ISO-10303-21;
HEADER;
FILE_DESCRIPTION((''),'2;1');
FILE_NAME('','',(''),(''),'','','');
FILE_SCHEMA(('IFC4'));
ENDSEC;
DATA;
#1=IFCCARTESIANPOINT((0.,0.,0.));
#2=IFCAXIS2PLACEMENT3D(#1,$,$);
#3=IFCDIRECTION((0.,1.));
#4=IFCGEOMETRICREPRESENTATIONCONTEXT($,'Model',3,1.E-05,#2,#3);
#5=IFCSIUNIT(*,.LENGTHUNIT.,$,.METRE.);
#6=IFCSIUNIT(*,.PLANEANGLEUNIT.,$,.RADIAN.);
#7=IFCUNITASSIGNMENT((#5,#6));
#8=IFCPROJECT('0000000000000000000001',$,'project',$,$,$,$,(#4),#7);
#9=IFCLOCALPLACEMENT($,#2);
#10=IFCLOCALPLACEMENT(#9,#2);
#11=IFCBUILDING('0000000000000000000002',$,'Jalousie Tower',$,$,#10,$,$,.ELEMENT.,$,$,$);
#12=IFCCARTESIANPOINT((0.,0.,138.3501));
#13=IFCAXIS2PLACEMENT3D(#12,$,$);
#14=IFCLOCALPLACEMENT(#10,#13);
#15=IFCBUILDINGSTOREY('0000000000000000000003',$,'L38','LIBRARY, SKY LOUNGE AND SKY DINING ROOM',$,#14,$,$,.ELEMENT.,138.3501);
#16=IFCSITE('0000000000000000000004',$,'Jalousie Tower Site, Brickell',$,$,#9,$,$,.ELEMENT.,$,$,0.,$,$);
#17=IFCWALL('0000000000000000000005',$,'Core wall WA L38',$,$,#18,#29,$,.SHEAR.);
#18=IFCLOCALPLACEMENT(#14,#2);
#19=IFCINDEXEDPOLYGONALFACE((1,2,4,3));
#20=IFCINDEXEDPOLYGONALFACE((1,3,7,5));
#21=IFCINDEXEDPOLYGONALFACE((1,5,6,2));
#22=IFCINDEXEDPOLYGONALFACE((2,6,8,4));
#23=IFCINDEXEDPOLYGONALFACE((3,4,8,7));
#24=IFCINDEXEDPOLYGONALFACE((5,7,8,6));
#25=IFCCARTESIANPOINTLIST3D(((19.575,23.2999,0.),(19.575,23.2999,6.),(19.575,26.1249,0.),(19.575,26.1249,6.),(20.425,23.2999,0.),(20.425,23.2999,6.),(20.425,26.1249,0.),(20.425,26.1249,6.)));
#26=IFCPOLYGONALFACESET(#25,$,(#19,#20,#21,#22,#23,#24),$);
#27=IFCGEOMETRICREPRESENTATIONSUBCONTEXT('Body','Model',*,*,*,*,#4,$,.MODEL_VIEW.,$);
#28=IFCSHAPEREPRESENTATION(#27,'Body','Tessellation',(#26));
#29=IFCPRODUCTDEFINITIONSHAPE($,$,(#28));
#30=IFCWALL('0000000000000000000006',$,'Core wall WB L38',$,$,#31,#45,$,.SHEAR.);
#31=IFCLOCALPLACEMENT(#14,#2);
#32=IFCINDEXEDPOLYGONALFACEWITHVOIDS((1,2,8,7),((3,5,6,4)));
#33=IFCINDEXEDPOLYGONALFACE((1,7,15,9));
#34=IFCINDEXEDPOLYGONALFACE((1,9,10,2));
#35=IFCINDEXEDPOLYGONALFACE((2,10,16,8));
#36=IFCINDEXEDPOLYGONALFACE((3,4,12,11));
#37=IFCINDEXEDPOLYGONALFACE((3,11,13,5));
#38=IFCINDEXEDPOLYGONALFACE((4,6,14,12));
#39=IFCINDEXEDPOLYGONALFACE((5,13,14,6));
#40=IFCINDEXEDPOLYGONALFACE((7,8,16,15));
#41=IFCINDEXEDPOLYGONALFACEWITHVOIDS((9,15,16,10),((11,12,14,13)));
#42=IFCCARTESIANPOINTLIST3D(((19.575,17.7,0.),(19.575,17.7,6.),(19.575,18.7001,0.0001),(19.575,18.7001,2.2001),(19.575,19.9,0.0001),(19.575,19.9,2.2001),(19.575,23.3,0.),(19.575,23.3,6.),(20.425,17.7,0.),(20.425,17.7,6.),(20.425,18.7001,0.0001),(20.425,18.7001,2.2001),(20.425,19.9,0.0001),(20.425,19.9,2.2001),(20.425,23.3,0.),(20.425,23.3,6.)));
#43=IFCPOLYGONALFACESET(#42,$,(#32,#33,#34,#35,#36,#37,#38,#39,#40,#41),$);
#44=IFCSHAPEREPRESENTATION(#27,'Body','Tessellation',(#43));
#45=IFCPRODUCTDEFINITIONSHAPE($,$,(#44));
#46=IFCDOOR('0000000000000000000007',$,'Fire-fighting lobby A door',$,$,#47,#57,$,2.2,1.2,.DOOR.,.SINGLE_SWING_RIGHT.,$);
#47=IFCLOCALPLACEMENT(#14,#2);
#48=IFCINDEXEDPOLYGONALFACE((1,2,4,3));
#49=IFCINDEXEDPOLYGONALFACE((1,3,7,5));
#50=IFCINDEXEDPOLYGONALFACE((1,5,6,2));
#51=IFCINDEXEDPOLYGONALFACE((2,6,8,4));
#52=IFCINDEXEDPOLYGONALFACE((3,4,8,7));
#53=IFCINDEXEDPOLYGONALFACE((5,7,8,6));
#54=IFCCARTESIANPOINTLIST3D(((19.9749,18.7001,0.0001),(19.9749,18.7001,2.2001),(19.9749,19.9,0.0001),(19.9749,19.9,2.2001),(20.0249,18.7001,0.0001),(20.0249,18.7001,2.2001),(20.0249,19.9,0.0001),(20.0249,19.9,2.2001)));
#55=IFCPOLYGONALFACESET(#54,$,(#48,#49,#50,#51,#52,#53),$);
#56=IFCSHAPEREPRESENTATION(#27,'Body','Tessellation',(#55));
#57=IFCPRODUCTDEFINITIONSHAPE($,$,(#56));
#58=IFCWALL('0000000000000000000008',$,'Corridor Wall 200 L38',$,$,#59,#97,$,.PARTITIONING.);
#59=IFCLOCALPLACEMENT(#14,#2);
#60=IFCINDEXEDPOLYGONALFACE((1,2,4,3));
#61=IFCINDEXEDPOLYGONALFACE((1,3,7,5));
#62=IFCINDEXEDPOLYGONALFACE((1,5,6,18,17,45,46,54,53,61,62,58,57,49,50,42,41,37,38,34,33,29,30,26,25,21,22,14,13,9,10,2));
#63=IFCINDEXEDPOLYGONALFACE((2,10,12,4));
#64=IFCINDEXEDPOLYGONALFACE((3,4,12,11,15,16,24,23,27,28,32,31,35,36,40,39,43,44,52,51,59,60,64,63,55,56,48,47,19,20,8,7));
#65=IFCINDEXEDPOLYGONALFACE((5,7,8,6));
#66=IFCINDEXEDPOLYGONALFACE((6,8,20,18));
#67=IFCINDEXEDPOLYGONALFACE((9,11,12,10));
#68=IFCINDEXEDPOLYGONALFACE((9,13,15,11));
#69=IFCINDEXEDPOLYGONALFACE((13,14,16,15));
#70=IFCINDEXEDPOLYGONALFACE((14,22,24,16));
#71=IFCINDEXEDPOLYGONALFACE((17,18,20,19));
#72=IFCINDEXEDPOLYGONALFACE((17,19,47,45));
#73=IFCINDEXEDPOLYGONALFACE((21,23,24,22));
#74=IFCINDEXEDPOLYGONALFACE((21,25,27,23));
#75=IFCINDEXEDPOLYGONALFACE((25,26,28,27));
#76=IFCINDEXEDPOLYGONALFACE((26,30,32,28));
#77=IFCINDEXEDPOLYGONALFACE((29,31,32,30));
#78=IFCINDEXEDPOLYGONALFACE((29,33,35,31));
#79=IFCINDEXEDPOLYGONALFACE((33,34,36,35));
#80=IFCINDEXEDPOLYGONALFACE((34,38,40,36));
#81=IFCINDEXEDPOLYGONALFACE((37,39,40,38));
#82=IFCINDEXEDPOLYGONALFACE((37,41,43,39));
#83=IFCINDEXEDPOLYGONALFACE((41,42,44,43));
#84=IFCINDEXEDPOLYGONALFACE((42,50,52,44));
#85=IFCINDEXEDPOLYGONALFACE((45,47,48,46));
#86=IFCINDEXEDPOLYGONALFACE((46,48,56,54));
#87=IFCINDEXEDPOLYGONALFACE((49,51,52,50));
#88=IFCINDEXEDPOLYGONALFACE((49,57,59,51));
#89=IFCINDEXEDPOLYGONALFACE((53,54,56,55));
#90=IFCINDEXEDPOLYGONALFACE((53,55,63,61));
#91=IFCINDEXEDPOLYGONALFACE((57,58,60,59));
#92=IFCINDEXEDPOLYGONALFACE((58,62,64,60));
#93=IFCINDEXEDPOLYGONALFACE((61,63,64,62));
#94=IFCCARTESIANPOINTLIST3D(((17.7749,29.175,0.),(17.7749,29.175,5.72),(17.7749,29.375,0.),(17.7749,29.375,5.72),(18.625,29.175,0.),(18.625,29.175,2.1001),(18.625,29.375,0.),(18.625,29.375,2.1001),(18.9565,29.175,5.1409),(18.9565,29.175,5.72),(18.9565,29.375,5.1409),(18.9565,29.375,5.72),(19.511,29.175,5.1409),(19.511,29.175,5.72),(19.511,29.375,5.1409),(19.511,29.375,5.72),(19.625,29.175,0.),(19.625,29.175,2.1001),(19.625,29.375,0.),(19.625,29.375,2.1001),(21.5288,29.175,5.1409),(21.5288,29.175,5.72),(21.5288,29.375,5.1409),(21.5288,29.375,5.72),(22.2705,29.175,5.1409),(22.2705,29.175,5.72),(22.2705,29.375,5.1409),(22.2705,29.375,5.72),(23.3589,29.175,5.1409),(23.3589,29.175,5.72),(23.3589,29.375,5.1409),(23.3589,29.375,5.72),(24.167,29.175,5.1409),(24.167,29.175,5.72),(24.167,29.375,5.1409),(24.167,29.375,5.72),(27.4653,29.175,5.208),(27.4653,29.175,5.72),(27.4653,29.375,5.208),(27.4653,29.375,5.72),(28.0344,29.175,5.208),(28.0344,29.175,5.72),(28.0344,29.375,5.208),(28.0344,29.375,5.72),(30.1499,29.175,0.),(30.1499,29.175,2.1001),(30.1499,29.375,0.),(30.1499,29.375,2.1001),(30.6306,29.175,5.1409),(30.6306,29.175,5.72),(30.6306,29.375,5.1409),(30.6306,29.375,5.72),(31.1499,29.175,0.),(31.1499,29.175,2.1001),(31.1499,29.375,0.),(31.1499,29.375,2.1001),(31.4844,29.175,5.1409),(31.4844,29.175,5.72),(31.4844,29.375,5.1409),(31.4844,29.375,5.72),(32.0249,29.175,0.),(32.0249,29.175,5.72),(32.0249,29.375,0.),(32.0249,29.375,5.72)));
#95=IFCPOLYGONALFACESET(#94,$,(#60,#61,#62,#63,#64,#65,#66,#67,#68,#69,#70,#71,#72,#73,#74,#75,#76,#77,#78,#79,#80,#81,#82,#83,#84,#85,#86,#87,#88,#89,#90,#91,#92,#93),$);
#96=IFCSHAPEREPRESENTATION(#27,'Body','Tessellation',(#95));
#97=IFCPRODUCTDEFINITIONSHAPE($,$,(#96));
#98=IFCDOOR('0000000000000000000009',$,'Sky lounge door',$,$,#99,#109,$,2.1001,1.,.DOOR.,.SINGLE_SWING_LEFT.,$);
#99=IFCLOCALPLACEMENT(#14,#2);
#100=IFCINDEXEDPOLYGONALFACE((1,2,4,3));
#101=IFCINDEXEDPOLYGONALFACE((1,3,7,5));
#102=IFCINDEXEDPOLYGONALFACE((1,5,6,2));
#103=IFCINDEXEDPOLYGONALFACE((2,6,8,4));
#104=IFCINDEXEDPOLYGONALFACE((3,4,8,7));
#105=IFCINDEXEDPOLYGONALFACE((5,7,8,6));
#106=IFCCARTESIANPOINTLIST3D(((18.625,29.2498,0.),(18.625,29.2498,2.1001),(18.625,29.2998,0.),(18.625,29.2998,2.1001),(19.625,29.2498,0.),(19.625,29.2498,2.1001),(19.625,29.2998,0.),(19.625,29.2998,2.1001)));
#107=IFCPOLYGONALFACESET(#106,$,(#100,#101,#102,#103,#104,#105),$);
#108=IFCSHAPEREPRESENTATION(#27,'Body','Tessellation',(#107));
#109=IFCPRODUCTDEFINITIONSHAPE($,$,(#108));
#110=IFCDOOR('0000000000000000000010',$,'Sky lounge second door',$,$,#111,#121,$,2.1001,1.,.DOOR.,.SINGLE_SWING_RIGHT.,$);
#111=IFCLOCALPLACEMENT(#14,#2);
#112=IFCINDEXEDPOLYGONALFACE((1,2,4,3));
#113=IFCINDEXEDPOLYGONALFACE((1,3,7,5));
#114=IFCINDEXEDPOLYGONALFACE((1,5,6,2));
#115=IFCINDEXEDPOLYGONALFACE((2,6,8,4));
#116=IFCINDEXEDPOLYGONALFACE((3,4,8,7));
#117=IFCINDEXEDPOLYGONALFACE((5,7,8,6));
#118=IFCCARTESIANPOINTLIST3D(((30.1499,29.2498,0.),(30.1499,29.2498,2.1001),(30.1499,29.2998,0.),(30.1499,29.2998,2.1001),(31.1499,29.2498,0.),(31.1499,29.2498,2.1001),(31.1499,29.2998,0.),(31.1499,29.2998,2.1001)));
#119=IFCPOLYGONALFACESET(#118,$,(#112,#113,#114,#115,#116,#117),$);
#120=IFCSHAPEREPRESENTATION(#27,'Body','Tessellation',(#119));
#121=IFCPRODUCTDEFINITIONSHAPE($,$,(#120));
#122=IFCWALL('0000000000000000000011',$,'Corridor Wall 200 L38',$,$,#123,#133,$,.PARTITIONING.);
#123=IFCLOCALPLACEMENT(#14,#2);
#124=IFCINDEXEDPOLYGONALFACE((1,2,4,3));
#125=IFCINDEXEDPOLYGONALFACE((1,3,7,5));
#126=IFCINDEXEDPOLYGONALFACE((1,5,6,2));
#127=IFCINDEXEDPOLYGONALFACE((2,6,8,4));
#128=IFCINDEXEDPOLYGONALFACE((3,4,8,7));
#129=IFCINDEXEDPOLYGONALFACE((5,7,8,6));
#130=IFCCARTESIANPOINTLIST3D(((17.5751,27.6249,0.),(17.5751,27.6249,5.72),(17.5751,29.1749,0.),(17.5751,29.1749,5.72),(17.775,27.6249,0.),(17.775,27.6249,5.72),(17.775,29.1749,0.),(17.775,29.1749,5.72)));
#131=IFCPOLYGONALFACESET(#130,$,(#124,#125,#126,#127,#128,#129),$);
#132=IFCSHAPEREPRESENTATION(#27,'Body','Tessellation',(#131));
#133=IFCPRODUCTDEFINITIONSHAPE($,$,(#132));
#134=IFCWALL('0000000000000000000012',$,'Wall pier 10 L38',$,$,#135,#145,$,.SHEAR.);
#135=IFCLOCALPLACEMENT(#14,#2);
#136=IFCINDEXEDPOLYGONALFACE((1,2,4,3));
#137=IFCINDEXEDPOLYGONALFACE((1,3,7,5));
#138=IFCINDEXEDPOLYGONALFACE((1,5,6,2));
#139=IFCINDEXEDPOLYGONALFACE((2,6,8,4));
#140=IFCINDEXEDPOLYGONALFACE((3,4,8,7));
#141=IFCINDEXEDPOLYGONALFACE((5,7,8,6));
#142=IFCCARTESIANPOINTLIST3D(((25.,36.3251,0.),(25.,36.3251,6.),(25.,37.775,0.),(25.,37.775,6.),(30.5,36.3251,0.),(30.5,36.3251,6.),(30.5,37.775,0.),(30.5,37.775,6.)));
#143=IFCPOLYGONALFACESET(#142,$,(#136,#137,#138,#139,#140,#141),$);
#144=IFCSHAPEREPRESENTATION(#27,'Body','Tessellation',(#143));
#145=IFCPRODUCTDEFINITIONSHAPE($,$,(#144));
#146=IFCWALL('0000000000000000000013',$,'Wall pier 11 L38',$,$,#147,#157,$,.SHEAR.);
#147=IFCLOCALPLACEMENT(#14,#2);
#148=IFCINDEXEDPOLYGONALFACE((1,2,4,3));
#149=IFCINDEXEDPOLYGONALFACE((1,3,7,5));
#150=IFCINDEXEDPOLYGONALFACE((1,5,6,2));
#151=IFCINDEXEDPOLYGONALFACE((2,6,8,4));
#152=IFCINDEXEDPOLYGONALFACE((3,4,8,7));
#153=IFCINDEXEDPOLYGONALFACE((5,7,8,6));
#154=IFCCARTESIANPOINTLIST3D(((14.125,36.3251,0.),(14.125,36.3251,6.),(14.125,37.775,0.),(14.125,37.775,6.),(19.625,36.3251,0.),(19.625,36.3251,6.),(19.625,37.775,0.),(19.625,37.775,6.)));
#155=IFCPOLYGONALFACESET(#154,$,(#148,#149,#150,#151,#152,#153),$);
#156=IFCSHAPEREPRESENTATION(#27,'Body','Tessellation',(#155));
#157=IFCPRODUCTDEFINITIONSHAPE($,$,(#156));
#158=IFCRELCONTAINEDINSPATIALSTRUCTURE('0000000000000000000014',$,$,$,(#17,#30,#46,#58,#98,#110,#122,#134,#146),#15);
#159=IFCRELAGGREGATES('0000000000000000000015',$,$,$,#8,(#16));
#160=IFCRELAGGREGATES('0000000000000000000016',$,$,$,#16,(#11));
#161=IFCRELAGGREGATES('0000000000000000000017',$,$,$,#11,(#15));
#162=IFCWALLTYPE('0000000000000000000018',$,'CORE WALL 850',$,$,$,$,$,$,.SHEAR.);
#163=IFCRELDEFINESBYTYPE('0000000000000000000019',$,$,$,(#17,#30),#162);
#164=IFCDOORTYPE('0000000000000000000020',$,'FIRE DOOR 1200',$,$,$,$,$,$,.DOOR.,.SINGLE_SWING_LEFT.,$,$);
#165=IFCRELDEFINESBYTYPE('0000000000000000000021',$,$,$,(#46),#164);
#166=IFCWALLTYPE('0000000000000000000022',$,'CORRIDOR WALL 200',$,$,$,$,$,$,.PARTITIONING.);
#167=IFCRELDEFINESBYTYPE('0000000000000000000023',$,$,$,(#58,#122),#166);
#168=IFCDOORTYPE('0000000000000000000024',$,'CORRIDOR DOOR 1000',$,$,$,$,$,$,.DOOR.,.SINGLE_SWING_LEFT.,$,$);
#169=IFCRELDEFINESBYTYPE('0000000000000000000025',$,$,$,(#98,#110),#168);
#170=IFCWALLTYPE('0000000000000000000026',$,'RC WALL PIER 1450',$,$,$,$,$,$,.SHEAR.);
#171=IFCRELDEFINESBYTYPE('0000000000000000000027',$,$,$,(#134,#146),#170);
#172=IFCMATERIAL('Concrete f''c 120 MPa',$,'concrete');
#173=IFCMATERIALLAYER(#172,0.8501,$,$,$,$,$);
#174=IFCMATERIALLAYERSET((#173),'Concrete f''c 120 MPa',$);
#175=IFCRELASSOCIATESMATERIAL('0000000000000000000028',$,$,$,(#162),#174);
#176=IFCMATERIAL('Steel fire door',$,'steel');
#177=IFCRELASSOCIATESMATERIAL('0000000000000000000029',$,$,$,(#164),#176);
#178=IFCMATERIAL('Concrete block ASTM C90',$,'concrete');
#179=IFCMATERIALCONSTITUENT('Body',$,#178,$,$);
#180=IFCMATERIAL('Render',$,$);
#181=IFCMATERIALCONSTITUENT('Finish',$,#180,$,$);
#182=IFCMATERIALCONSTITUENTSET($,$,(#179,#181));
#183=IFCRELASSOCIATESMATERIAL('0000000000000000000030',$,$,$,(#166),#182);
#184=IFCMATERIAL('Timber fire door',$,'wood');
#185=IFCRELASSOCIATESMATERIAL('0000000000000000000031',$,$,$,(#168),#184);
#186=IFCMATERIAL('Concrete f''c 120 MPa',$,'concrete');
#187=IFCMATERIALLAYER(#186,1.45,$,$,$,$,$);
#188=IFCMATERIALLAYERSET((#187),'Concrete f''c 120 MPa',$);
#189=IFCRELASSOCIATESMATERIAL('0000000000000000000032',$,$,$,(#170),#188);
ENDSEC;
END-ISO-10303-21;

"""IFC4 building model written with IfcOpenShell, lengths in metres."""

from ifc_helpers import new_model, si_unit, direction, frame, frame_2d, origin, place, context, subcontext, project, spatial, polyline, rectangle, outline, extrude, material, layer, layer_set, constituent, constituent_set, type_object, element, fill, save


model = new_model("IFC4")

# Units and contexts
model_context = context("Model", 3, precision=1e-05, world=origin(), true_north=direction((0.0, 1.0)))
body_context = subcontext(model_context, "Body", "Model", "MODEL_VIEW")
ifc_project = project(units=[si_unit("LENGTHUNIT", "METRE"), si_unit("PLANEANGLEUNIT", "RADIAN")], contexts=[model_context])

# Site, building, storey
site_placement = place(None, origin())
site = spatial("IfcSite", under=ifc_project, at=site_placement, Name="Jalousie Tower Site, Brickell", CompositionType="ELEMENT", RefElevation=0.0)
building_placement = place(site_placement, origin())
building = spatial("IfcBuilding", under=site, at=building_placement, Name="Jalousie Tower", CompositionType="ELEMENT")
storey_placement = place(building_placement, frame((0.0, 0.0, 138.3501)))
storey = spatial("IfcBuildingStorey", under=building, at=storey_placement, Name="L38", Description="LIBRARY, SKY LOUNGE AND SKY DINING ROOM", CompositionType="ELEMENT", Elevation=138.3501)

# Wall
ifc_material_1 = material(Name="Concrete f'c 120 MPa", Category="concrete")
ifc_layer_1 = layer(ifc_material_1, 0.8501)
ifc_layer_set_1 = layer_set([ifc_layer_1], Name="Concrete f'c 120 MPa")
wall_type_1 = type_object("IfcWallType", Name="CORE WALL 850", PredefinedType="SHEAR", material=ifc_layer_set_1)
wall_1_placement = place(storey_placement, frame((20.0, 26.125, 0.0), z_axis=(0.0, 0.0, 1.0), x_axis=(0.0, -1.0, 0.0)))
element("IfcWall", 1, at=wall_1_placement, inside=storey, type_object=wall_type_1, Name="Core wall WA L38", PredefinedType="SHEAR", context=body_context, shape_type="SweptSolid", body=[
    extrude(rectangle(XDim=2.825, YDim=0.8501, at=frame_2d((1.4126, 0.0))), origin(), (0.0, 0.0, 1.0), 6.0),
])

# Wall, opening, door
wall_2_placement = place(storey_placement, frame((20.0, 23.3, 0.0), z_axis=(0.0, 0.0, 1.0), x_axis=(0.0, -1.0, 0.0)))
wall_2 = element("IfcWall", 2, at=wall_2_placement, inside=storey, type_object=wall_type_1, Name="Core wall WB L38", PredefinedType="SHEAR", context=body_context, shape_type="SweptSolid", body=[
    extrude(rectangle(XDim=5.6001, YDim=0.8501, at=frame_2d((2.8, 0.0))), origin(), (0.0, 0.0, 1.0), 6.0),
])
opening_1_placement = place(wall_2_placement, frame((3.3999, 0.0, 0.0)))
opening_1 = element("IfcOpeningElement", 3, at=opening_1_placement, cuts=wall_2, PredefinedType="OPENING", context=body_context, shape_type="SweptSolid", body=[
    extrude(rectangle(XDim=1.2, YDim=2.2, at=frame_2d((0.6001, 1.1001))), frame((0.0, 0.4351, 0.0), z_axis=(0.0, -1.0, 0.0), x_axis=(1.0, 0.0, 0.0)), (0.0, 0.0, 1.0), 0.8701),
])
ifc_material_2 = material(Name="Steel fire door", Category="steel")
door_type_1 = type_object("IfcDoorType", Name="FIRE DOOR 1200", OperationType="SINGLE_SWING_LEFT", PredefinedType="DOOR", material=ifc_material_2)
door_1_placement = place(opening_1_placement, origin())
door_1 = element("IfcDoor", 4, at=door_1_placement, inside=storey, type_object=door_type_1, Name="Fire-fighting lobby A door", OperationType="SINGLE_SWING_RIGHT", OverallHeight=2.2, OverallWidth=1.2, PredefinedType="DOOR", context=body_context, shape_type="SweptSolid", body=[
    extrude(rectangle(XDim=1.2, YDim=2.2, at=frame_2d((0.6001, 1.1001))), frame((0.0, 0.0249, 0.0), z_axis=(0.0, -1.0, 0.0), x_axis=(1.0, 0.0, 0.0)), (0.0, 0.0, 1.0), 0.05),
])
fill(opening_1, door_1)

# Wall, openings, doors
ifc_material_3 = material(Name="Concrete block ASTM C90", Category="concrete")
ifc_constituent_1 = constituent(ifc_material_3, Name="Body")
ifc_material_4 = material(Name="Render")
ifc_constituent_2 = constituent(ifc_material_4, Name="Finish")
ifc_constituent_set = constituent_set(constituents=[ifc_constituent_1, ifc_constituent_2])
wall_type_2 = type_object("IfcWallType", Name="CORRIDOR WALL 200", PredefinedType="PARTITIONING", material=ifc_constituent_set)
wall_3_placement = place(storey_placement, frame((17.7749, 29.2749, 0.0), z_axis=(0.0, 0.0, 1.0), x_axis=(1.0, 0.0, 0.0)))
wall_3 = element("IfcWall", 5, at=wall_3_placement, inside=storey, type_object=wall_type_2, Name="Corridor Wall 200 L38", PredefinedType="PARTITIONING", context=body_context, shape_type="SweptSolid", body=[
    extrude(outline(polyline([(0.0, 0.0), (14.25, 0.0), (14.25, 5.72), (13.7095, 5.72), (13.7095, 5.1409), (12.8557, 5.1409), (12.8557, 5.72), (10.2595, 5.72), (10.2595, 5.208), (9.6904, 5.208), (9.6904, 5.72), (6.3921, 5.72), (6.3921, 5.1409), (5.584, 5.1409), (5.584, 5.72), (4.4956, 5.72), (4.4956, 5.1409), (3.7539, 5.1409), (3.7539, 5.72), (1.7361, 5.72), (1.7361, 5.1409), (1.1816, 5.1409), (1.1816, 5.72), (0.0, 5.72), (0.0, 0.0)])), frame((0.0, 0.1001, 0.0), z_axis=(0.0, -1.0, 0.0), x_axis=(1.0, 0.0, 0.0)), (0.0, 0.0, 1.0), 0.2),
])
opening_2_placement = place(wall_3_placement, frame((0.8501, 0.0, 0.0)))
opening_2 = element("IfcOpeningElement", 6, at=opening_2_placement, cuts=wall_3, PredefinedType="OPENING", context=body_context, shape_type="SweptSolid", body=[
    extrude(rectangle(XDim=1.0, YDim=2.1001, at=frame_2d((0.5, 1.05))), frame((0.0, 0.1099, 0.0), z_axis=(0.0, -1.0, 0.0), x_axis=(1.0, 0.0, 0.0)), (0.0, 0.0, 1.0), 0.22),
])
opening_3_placement = place(wall_3_placement, frame((12.375, 0.0, 0.0)))
opening_3 = element("IfcOpeningElement", 7, at=opening_3_placement, cuts=wall_3, PredefinedType="OPENING", context=body_context, shape_type="SweptSolid", body=[
    extrude(rectangle(XDim=1.0, YDim=2.1001, at=frame_2d((0.5, 1.05))), frame((0.0, 0.1099, 0.0), z_axis=(0.0, -1.0, 0.0), x_axis=(1.0, 0.0, 0.0)), (0.0, 0.0, 1.0), 0.22),
])
ifc_material_5 = material(Name="Timber fire door", Category="wood")
door_type_2 = type_object("IfcDoorType", Name="CORRIDOR DOOR 1000", OperationType="SINGLE_SWING_LEFT", PredefinedType="DOOR", material=ifc_material_5)
door_2_placement = place(opening_2_placement, origin())
door_2 = element("IfcDoor", 8, at=door_2_placement, inside=storey, type_object=door_type_2, Name="Sky lounge door", OperationType="SINGLE_SWING_LEFT", OverallHeight=2.1001, OverallWidth=1.0, PredefinedType="DOOR", context=body_context, shape_type="SweptSolid", body=[
    extrude(rectangle(XDim=1.0, YDim=2.1001, at=frame_2d((0.5, 1.05))), frame((0.0, 0.0249, 0.0), z_axis=(0.0, -1.0, 0.0), x_axis=(1.0, 0.0, 0.0)), (0.0, 0.0, 1.0), 0.05),
])
fill(opening_2, door_2)
door_3_placement = place(opening_3_placement, origin())
door_3 = element("IfcDoor", 9, at=door_3_placement, inside=storey, type_object=door_type_2, Name="Sky lounge second door", OperationType="SINGLE_SWING_RIGHT", OverallHeight=2.1001, OverallWidth=1.0, PredefinedType="DOOR", context=body_context, shape_type="SweptSolid", body=[
    extrude(rectangle(XDim=1.0, YDim=2.1001, at=frame_2d((0.5, 1.05))), frame((0.0, 0.0249, 0.0), z_axis=(0.0, -1.0, 0.0), x_axis=(1.0, 0.0, 0.0)), (0.0, 0.0, 1.0), 0.05),
])
fill(opening_3, door_3)

# Walls
wall_4_placement = place(storey_placement, frame((17.675, 27.625, 0.0), z_axis=(0.0, 0.0, 1.0), x_axis=(0.0, 1.0, 0.0)))
element("IfcWall", 10, at=wall_4_placement, inside=storey, type_object=wall_type_2, Name="Corridor Wall 200 L38", PredefinedType="PARTITIONING", context=body_context, shape_type="SweptSolid", body=[
    extrude(rectangle(XDim=1.55, YDim=0.2, at=frame_2d((0.7749, 0.0))), origin(), (0.0, 0.0, 1.0), 5.72),
])
ifc_material_6 = material(Name="Concrete f'c 120 MPa", Category="concrete")
ifc_layer_2 = layer(ifc_material_6, 1.45)
ifc_layer_set_2 = layer_set([ifc_layer_2], Name="Concrete f'c 120 MPa")
wall_type_3 = type_object("IfcWallType", Name="RC WALL PIER 1450", PredefinedType="SHEAR", material=ifc_layer_set_2)
for number, where, z_axis, x_axis, name in (
    (11, (25.0, 37.05, 0.0), (0.0, 0.0, 1.0), (1.0, 0.0, 0.0), "Wall pier 10 L38"),
    (12, (14.125, 37.05, 0.0), (0.0, 0.0, 1.0), (1.0, 0.0, 0.0), "Wall pier 11 L38"),
):
    element("IfcWall", number, at=place(storey_placement, frame(where, z_axis=z_axis, x_axis=x_axis)), inside=storey, type_object=wall_type_3, Name=name, PredefinedType="SHEAR", context=body_context, shape_type="SweptSolid", body=[
        extrude(rectangle(XDim=5.5, YDim=1.45, at=frame_2d((2.75, 0.0))), origin(), (0.0, 0.0, 1.0), 6.0),
    ])

save(model, "model.ifc")
